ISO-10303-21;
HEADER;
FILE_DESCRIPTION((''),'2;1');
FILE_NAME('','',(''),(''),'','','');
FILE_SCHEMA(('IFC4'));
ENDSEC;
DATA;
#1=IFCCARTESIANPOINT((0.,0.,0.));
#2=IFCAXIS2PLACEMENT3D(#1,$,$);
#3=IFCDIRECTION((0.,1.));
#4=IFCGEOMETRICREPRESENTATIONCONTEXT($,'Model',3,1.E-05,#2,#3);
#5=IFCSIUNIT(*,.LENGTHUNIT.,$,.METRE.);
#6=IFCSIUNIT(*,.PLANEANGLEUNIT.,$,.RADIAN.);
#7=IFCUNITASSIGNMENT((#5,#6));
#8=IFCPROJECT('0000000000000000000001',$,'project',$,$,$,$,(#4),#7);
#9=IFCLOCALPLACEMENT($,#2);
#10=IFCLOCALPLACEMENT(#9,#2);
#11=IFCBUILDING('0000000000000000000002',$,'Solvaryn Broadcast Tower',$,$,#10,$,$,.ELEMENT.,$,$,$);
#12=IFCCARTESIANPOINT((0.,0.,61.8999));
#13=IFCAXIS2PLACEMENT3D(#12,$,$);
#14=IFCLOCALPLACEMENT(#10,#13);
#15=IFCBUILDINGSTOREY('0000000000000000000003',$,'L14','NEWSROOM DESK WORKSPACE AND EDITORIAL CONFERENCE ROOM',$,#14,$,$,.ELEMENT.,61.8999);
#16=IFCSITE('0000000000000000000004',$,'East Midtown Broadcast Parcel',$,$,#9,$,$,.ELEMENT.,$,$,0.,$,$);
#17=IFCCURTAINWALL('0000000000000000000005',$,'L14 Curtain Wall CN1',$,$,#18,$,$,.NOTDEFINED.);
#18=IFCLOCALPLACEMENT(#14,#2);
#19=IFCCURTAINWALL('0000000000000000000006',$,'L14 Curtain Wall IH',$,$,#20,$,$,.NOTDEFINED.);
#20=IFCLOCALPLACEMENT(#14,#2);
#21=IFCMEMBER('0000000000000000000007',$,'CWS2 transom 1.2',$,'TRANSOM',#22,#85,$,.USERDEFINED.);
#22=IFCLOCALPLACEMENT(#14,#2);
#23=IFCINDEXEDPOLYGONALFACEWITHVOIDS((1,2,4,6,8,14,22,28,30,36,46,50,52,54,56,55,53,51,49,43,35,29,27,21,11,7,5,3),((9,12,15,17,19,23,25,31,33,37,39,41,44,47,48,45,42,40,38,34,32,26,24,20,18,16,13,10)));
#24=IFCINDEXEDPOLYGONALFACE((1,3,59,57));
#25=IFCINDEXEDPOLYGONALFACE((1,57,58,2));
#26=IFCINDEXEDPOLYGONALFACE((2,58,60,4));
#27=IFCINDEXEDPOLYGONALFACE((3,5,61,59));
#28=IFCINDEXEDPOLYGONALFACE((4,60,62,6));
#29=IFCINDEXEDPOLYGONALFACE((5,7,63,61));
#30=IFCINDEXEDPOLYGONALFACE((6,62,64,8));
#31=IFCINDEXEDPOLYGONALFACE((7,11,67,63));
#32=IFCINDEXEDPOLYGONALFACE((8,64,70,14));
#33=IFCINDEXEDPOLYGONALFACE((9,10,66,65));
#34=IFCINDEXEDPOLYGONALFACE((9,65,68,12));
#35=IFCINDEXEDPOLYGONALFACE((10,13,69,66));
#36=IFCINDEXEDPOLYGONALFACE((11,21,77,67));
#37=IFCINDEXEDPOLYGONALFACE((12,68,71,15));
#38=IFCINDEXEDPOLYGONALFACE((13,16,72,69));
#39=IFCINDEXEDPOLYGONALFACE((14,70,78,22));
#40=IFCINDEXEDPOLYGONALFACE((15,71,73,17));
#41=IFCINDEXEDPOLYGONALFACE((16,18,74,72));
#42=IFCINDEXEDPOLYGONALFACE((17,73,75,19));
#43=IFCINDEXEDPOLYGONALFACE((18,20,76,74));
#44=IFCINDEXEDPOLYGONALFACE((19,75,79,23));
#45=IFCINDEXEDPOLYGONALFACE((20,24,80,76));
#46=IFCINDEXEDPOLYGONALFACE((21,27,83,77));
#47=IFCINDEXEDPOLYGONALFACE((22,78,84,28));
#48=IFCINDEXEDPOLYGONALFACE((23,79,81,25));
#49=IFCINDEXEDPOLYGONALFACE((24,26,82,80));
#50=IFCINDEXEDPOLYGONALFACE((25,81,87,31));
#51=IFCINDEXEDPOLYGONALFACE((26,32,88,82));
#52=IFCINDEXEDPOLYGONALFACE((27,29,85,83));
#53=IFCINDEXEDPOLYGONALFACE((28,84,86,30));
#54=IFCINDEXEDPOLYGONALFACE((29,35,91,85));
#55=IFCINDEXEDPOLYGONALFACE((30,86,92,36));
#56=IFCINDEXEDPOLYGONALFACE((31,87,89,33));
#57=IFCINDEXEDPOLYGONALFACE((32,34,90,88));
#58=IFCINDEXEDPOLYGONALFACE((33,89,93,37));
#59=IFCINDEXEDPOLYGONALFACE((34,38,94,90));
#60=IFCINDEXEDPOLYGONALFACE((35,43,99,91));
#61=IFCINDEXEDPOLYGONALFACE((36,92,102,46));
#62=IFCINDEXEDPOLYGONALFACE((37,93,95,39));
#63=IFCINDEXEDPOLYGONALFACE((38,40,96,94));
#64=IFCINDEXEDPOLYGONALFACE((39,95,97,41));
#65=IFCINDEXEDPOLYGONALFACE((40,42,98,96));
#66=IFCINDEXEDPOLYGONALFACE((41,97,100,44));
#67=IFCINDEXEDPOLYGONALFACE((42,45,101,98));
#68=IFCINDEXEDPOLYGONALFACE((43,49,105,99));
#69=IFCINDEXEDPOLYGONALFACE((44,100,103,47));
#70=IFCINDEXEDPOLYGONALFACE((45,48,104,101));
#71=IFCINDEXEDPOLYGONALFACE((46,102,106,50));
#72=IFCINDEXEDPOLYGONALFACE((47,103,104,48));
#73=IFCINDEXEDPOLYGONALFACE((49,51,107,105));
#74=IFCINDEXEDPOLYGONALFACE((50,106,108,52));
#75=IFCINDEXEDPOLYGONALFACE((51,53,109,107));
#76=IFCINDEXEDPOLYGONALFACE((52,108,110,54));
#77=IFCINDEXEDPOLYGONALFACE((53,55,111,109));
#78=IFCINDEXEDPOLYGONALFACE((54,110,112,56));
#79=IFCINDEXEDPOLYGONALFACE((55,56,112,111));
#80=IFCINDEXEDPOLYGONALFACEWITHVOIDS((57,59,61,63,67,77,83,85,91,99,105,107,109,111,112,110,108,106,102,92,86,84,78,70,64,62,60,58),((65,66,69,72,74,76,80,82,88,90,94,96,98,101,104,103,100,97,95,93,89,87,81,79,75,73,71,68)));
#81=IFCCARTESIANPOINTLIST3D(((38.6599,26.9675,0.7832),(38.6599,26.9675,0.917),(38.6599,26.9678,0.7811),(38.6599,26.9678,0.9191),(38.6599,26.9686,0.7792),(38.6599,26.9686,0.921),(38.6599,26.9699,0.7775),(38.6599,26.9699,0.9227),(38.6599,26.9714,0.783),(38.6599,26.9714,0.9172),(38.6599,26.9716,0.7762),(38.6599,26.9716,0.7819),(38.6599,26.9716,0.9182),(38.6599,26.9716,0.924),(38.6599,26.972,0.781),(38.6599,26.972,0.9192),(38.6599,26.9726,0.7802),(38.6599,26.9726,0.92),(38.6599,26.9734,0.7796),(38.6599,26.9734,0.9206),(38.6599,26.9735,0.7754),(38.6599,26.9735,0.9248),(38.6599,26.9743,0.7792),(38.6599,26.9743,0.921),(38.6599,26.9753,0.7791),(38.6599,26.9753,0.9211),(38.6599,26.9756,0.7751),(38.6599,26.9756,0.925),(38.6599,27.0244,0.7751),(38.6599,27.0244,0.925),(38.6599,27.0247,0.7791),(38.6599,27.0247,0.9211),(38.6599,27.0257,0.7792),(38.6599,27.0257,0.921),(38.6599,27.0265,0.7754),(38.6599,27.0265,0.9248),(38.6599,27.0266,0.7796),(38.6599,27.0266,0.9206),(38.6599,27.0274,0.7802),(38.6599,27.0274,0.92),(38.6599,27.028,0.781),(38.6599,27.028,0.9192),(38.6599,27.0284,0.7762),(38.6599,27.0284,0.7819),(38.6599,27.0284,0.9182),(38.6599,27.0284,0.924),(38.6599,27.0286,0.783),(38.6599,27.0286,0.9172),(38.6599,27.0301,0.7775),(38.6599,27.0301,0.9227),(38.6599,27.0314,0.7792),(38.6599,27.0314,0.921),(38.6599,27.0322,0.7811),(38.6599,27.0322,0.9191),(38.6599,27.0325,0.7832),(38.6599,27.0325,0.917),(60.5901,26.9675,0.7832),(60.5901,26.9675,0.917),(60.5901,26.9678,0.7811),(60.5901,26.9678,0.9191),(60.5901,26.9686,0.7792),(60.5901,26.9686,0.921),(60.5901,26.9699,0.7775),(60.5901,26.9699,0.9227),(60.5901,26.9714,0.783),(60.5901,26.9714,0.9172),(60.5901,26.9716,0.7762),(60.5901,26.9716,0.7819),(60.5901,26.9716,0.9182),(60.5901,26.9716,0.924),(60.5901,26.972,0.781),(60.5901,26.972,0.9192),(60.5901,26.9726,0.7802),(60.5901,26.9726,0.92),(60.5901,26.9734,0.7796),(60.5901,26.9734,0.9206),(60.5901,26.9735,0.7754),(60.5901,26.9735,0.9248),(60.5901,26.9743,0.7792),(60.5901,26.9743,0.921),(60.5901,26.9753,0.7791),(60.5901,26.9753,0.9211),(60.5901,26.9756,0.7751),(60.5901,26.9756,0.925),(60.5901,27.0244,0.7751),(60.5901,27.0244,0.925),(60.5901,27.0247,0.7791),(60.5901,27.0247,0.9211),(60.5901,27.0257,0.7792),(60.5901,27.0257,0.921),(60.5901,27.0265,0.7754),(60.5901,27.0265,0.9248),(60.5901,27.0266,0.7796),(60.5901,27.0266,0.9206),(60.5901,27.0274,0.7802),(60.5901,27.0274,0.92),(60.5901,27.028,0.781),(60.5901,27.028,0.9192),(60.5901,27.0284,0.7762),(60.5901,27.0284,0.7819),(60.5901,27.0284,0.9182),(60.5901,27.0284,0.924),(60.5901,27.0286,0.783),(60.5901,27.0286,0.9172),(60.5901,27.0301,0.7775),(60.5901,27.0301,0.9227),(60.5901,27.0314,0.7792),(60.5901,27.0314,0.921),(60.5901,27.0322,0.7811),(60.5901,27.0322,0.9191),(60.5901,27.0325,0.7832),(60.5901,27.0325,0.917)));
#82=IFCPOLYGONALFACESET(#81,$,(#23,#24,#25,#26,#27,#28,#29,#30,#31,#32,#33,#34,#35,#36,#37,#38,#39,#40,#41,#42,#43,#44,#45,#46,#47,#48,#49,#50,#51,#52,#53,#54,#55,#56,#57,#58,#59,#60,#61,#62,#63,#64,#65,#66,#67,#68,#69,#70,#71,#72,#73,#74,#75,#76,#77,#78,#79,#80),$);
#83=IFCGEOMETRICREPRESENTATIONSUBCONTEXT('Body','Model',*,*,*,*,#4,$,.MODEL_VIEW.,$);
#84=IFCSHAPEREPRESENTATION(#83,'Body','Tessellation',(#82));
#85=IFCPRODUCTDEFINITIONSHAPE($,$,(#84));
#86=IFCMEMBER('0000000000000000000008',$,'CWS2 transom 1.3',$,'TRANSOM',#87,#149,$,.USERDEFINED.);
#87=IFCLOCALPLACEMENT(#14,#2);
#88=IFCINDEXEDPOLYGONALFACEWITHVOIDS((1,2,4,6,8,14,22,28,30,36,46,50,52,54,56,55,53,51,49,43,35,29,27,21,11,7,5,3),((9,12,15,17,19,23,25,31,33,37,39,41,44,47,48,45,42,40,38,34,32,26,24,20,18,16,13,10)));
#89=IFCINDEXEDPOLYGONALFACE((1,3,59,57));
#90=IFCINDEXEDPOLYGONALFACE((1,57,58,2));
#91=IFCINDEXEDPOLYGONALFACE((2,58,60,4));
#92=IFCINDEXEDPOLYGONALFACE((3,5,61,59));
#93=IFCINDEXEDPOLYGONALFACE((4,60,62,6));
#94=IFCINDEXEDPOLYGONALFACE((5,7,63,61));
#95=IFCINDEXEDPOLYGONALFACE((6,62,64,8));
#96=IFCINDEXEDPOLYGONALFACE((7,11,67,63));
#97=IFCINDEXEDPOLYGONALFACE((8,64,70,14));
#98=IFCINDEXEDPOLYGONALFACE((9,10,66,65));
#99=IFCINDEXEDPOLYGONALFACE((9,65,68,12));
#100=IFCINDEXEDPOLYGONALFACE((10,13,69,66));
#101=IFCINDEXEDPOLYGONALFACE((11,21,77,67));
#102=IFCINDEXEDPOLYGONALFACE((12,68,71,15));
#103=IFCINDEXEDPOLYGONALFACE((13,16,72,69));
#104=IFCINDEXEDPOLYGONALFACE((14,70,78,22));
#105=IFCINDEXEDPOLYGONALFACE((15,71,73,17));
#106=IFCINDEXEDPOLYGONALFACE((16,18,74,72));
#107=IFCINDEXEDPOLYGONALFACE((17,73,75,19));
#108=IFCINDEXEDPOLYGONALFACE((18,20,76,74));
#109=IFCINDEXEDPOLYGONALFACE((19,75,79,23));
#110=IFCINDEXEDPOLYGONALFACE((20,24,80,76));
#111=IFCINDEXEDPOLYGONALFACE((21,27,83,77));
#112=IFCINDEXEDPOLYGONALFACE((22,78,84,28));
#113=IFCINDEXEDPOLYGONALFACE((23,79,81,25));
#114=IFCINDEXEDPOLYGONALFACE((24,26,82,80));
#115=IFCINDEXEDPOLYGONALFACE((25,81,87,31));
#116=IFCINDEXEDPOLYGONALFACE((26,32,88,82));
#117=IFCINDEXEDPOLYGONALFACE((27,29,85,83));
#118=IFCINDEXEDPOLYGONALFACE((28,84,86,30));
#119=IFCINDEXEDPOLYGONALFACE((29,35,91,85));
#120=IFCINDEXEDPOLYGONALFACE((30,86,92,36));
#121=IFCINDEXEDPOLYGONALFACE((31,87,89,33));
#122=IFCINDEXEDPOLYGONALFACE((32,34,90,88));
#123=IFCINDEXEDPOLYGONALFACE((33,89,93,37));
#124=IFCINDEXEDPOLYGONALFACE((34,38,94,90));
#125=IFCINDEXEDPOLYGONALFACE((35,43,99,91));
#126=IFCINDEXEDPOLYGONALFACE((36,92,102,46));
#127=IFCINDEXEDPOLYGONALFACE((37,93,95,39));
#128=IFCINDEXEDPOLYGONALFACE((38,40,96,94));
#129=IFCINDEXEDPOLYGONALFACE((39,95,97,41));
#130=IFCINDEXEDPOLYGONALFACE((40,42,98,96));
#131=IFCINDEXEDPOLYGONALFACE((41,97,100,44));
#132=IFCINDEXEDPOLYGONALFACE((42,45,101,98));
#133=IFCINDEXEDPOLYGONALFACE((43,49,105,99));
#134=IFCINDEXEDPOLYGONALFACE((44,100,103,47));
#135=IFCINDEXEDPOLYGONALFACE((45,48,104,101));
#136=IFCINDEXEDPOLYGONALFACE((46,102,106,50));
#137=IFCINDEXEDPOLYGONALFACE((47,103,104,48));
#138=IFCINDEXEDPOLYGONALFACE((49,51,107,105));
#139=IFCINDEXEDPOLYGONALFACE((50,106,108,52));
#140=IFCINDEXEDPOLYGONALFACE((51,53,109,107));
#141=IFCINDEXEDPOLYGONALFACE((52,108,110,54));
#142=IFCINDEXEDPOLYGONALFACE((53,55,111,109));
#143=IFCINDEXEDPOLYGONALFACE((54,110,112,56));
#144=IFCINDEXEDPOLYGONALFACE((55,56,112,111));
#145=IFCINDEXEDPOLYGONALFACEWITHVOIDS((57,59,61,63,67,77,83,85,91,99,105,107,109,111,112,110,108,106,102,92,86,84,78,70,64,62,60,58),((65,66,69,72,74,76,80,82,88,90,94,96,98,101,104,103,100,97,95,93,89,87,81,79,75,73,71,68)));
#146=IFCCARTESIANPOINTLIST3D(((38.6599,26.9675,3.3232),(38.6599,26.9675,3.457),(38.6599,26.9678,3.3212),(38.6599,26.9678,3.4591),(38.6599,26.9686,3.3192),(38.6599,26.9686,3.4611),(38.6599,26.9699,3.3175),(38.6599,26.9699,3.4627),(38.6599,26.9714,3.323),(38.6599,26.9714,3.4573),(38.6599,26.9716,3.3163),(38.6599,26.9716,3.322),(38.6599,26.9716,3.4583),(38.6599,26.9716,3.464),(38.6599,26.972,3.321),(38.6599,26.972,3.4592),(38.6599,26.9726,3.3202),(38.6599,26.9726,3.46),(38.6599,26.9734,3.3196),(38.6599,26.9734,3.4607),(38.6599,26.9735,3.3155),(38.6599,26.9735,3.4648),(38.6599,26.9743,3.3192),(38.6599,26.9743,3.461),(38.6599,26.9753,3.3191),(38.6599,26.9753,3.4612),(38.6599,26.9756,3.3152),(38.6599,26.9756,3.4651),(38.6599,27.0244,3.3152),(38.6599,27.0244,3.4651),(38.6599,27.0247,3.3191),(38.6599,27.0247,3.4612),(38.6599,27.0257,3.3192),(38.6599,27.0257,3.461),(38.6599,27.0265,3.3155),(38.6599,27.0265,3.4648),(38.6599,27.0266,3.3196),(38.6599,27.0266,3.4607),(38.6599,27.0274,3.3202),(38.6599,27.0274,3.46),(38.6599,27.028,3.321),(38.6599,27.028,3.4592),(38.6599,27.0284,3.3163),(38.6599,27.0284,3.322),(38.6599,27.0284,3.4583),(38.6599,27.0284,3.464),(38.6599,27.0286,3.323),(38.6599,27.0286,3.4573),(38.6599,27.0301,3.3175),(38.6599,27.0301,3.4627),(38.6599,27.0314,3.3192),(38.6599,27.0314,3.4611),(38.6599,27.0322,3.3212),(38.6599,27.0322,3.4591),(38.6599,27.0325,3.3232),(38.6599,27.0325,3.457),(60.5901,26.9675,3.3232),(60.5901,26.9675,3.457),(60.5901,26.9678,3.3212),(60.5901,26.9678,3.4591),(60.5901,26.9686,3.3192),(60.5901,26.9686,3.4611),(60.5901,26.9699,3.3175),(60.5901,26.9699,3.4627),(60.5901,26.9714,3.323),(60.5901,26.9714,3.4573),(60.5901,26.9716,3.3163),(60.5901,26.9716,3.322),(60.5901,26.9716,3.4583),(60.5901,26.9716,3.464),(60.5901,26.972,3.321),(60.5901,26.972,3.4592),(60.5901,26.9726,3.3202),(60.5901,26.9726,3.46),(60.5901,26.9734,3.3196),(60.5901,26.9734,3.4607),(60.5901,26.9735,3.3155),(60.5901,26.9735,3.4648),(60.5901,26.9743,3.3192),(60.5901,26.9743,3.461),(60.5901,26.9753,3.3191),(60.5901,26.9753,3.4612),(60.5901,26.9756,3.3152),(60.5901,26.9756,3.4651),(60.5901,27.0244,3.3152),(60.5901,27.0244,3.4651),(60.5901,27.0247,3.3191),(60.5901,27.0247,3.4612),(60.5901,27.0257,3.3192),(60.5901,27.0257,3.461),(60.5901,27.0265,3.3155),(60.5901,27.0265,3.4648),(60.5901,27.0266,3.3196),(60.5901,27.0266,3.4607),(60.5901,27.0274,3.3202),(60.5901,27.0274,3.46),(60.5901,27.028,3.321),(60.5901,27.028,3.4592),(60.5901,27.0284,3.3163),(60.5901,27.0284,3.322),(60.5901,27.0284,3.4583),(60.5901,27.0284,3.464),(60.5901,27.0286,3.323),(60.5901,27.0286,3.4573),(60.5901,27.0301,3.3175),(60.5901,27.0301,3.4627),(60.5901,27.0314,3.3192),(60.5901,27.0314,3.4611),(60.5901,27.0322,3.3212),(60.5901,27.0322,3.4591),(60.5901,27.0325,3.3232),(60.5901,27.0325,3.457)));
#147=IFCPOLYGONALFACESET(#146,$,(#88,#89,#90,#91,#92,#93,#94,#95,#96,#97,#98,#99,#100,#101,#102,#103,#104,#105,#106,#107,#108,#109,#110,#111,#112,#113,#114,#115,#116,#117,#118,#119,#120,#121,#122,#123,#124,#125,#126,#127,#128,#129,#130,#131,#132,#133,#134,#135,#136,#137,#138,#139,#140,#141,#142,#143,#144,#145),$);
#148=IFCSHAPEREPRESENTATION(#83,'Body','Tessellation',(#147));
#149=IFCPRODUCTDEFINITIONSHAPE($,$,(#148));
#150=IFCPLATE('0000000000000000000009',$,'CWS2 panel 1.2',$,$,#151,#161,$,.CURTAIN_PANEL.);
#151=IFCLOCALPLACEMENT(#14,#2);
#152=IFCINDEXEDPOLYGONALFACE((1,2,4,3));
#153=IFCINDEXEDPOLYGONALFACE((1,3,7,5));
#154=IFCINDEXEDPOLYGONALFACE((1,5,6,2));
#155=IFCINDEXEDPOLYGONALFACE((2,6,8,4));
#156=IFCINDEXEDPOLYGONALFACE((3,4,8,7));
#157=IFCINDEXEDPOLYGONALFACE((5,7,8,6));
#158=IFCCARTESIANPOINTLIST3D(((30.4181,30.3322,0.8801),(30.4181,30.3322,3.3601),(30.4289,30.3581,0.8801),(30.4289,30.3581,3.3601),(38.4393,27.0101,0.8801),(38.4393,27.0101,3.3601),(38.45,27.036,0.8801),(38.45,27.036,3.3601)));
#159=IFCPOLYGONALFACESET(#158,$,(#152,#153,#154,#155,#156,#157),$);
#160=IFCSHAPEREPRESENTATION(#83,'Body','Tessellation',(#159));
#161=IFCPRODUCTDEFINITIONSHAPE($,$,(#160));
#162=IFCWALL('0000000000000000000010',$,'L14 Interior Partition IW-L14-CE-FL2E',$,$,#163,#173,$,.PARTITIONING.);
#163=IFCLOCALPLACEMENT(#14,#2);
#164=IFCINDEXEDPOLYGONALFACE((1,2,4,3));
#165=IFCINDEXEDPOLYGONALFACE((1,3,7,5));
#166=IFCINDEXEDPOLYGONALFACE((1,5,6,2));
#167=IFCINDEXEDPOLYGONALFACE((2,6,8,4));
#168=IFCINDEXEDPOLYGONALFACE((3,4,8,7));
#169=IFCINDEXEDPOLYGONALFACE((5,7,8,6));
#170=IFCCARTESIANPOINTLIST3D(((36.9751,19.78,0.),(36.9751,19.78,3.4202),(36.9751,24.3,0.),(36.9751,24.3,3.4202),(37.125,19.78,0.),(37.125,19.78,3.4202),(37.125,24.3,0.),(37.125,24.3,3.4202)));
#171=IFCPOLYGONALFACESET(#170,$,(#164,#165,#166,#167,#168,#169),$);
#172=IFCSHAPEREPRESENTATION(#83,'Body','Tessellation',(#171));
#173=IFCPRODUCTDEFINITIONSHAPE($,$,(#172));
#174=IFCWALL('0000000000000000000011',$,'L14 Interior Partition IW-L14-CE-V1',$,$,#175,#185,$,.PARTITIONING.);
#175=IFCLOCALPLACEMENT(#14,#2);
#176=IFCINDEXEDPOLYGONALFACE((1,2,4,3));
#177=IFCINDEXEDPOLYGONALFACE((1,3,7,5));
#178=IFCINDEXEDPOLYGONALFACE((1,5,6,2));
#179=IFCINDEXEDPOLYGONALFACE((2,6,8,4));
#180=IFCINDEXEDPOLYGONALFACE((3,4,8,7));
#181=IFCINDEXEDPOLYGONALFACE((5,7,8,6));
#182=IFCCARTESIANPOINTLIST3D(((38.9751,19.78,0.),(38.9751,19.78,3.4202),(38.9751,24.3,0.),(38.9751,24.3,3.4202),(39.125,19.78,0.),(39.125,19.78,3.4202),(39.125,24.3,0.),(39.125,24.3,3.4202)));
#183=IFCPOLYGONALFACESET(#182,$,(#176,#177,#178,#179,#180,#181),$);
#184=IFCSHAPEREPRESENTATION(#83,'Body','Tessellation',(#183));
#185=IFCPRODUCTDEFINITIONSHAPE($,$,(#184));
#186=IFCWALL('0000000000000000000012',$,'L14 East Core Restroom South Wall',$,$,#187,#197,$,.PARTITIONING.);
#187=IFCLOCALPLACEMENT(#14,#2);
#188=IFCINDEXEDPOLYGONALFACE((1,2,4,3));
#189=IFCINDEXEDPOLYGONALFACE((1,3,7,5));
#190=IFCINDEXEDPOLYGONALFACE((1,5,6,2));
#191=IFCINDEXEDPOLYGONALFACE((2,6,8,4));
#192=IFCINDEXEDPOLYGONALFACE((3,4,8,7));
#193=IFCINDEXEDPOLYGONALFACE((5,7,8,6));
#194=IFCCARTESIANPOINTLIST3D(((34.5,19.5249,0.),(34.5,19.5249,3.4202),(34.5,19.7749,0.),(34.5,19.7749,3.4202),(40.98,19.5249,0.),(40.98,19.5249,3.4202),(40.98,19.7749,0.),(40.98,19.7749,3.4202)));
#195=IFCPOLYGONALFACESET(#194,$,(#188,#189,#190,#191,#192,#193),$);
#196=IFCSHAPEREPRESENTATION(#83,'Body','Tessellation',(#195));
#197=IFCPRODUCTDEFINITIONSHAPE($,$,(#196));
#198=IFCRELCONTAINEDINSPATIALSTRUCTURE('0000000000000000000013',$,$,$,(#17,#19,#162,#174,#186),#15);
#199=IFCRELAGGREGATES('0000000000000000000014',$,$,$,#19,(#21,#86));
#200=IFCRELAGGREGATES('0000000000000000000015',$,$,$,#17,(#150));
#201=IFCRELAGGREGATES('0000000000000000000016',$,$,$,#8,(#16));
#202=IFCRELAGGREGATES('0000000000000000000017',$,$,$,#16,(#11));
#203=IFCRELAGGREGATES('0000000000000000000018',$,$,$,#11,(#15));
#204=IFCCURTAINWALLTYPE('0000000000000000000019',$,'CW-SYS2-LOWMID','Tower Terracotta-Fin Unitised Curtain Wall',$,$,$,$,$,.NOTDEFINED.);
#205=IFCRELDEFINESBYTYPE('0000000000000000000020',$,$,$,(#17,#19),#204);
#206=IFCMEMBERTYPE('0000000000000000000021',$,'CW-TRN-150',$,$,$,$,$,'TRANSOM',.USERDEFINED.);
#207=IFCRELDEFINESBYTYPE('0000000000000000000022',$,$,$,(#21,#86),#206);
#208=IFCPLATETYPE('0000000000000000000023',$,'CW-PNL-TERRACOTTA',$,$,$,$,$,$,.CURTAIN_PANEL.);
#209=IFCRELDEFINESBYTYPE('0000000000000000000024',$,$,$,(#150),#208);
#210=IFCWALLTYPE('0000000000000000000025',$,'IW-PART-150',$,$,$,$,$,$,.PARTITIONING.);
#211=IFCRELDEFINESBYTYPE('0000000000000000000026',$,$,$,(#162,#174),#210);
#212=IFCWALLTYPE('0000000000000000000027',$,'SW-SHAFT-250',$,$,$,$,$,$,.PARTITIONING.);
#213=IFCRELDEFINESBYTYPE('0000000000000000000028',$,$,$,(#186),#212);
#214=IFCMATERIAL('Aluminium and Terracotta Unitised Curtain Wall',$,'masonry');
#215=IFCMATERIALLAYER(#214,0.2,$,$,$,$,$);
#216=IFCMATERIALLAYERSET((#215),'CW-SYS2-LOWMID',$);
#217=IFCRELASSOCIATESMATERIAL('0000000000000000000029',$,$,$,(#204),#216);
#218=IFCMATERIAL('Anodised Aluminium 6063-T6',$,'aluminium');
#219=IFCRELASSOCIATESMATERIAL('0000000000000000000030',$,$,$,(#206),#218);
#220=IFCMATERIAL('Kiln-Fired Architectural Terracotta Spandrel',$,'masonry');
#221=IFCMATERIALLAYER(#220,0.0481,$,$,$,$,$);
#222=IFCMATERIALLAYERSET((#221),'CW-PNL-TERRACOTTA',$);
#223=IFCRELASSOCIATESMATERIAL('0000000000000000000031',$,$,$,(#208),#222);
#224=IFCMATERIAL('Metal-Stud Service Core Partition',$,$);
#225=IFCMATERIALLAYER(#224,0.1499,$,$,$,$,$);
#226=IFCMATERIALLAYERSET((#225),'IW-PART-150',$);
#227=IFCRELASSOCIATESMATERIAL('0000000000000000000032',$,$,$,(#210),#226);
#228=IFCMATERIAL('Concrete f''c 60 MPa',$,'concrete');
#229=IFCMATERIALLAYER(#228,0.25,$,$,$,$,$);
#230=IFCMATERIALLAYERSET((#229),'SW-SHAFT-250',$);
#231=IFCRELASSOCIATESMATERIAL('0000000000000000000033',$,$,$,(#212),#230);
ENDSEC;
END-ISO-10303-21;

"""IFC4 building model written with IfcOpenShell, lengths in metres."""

from ifc_helpers import new_model, si_unit, direction, frame, frame_2d, origin, origin_2d, place, context, subcontext, project, spatial, rectangle, hollow_rectangle, extrude, material, layer, layer_set, material_profile, profile_set, type_object, element, aggregate, save


model = new_model("IFC4")

# Units and contexts
model_context = context("Model", 3, precision=1e-05, world=origin(), true_north=direction((0.0, 1.0)))
body_context = subcontext(model_context, "Body", "Model", "MODEL_VIEW")
ifc_project = project(units=[si_unit("LENGTHUNIT", "METRE"), si_unit("PLANEANGLEUNIT", "RADIAN")], contexts=[model_context])

# Site, building, storey
site_placement = place(None, origin())
site = spatial("IfcSite", under=ifc_project, at=site_placement, Name="East Midtown Broadcast Parcel", CompositionType="ELEMENT", RefElevation=0.0)
building_placement = place(site_placement, origin())
building = spatial("IfcBuilding", under=site, at=building_placement, Name="Solvaryn Broadcast Tower", CompositionType="ELEMENT")
storey_placement = place(building_placement, frame((0.0, 0.0, 61.8999)))
storey = spatial("IfcBuildingStorey", under=building, at=storey_placement, Name="L14", Description="NEWSROOM DESK WORKSPACE AND EDITORIAL CONFERENCE ROOM", CompositionType="ELEMENT", Elevation=61.8999)

# Curtain walls
ifc_material_1 = material(Name="Aluminium and Terracotta Unitised Curtain Wall", Category="masonry")
ifc_layer_1 = layer(ifc_material_1, 0.2)
ifc_layer_set_1 = layer_set([ifc_layer_1], Name="CW-SYS2-LOWMID")
curtain_wall_type = type_object("IfcCurtainWallType", Name="CW-SYS2-LOWMID", Description="Tower Terracotta-Fin Unitised Curtain Wall", PredefinedType="NOTDEFINED", material=ifc_layer_set_1)
curtain_wall_1_placement = place(storey_placement, origin())
curtain_wall_1 = element("IfcCurtainWall", 1, at=curtain_wall_1_placement, inside=storey, type_object=curtain_wall_type, Name="L14 Curtain Wall CN1", PredefinedType="NOTDEFINED")
curtain_wall_2_placement = place(storey_placement, origin())
curtain_wall_2 = element("IfcCurtainWall", 2, at=curtain_wall_2_placement, inside=storey, type_object=curtain_wall_type, Name="L14 Curtain Wall IH", PredefinedType="NOTDEFINED")

# Members
ifc_material_2 = material(Name="Anodised Aluminium 6063-T6", Category="aluminium")
ifc_material_profile_1 = material_profile(ifc_material_2, hollow_rectangle(XDim=0.0649, YDim=0.1499, WallThickness=0.0039, InnerFilletRadius=0.0039, OuterFilletRadius=0.0081, at=origin_2d()))
ifc_profile_set_1 = profile_set([ifc_material_profile_1], Name="Anodised Aluminium 6063-T6")
member_type_1 = type_object("IfcMemberType", Name="CW-TRN-150", ElementType="TRANSOM", PredefinedType="USERDEFINED", material=ifc_profile_set_1)
member_1_placement = place(storey_placement, frame((38.6599, 27.0, 0.8501), z_axis=(1.0, 0.0, 0.0), x_axis=(0.0, 1.0, 0.0)))
member_1 = element("IfcMember", 3, at=member_1_placement, type_object=member_type_1, Name="CWS2 transom 1.2", ObjectType="TRANSOM", PredefinedType="USERDEFINED", context=body_context, shape_type="SweptSolid", body=[
    extrude(hollow_rectangle(XDim=0.0649, YDim=0.1499, WallThickness=0.0039, InnerFilletRadius=0.0039, OuterFilletRadius=0.0081, at=origin_2d()), origin(), (0.0, 0.0, 1.0), 21.9302),
])
member_2_placement = place(storey_placement, frame((38.6599, 27.0, 3.3901), z_axis=(1.0, 0.0, 0.0), x_axis=(0.0, 1.0, 0.0)))
member_2 = element("IfcMember", 4, at=member_2_placement, type_object=member_type_1, Name="CWS2 transom 1.3", ObjectType="TRANSOM", PredefinedType="USERDEFINED", context=body_context, shape_type="SweptSolid", body=[
    extrude(hollow_rectangle(XDim=0.0649, YDim=0.1499, WallThickness=0.0039, InnerFilletRadius=0.0039, OuterFilletRadius=0.0081, at=origin_2d()), origin(), (0.0, 0.0, 1.0), 21.9302),
])
aggregate(curtain_wall_2, [member_1, member_2])

# Plate
ifc_material_3 = material(Name="Kiln-Fired Architectural Terracotta Spandrel", Category="masonry")
ifc_layer_2 = layer(ifc_material_3, 0.0481)
ifc_layer_set_2 = layer_set([ifc_layer_2], Name="CW-PNL-TERRACOTTA")
plate_type = type_object("IfcPlateType", Name="CW-PNL-TERRACOTTA", PredefinedType="CURTAIN_PANEL", material=ifc_layer_set_2)
plate_placement = place(storey_placement, frame((34.4341, 28.6841, 0.8801), z_axis=(0.0, 0.0, 1.0), x_axis=(-0.923895, 0.382646, 0.0)))
plate = element("IfcPlate", 5, at=plate_placement, type_object=plate_type, Name="CWS2 panel 1.2", PredefinedType="CURTAIN_PANEL", context=body_context, shape_type="SweptSolid", body=[
    extrude(rectangle(XDim=8.6819, YDim=0.0281, at=origin_2d()), origin(), (0.0, 0.0, 1.0), 2.48),
])
aggregate(curtain_wall_1, [plate])

# Walls
ifc_material_4 = material(Name="Metal-Stud Service Core Partition")
ifc_layer_3 = layer(ifc_material_4, 0.1499)
ifc_layer_set_3 = layer_set([ifc_layer_3], Name="IW-PART-150")
wall_type_1 = type_object("IfcWallType", Name="IW-PART-150", PredefinedType="PARTITIONING", material=ifc_layer_set_3)
for number, where, z_axis, x_axis, name in (
    (6, (37.05, 19.78, 0.0), (0.0, 0.0, 1.0), (0.0, 1.0, 0.0), "L14 Interior Partition IW-L14-CE-FL2E"),
    (7, (39.05, 19.78, 0.0), (0.0, 0.0, 1.0), (0.0, 1.0, 0.0), "L14 Interior Partition IW-L14-CE-V1"),
):
    element("IfcWall", number, at=place(storey_placement, frame(where, z_axis=z_axis, x_axis=x_axis)), inside=storey, type_object=wall_type_1, Name=name, PredefinedType="PARTITIONING", context=body_context, shape_type="SweptSolid", body=[
        extrude(rectangle(XDim=4.52, YDim=0.1499, at=frame_2d((2.26, 0.0))), origin(), (0.0, 0.0, 1.0), 3.4202),
    ])

# Shared definitions
ifc_material_5 = material(Name="Concrete f'c 60 MPa", Category="concrete")
ifc_layer_4 = layer(ifc_material_5, 0.25)
ifc_layer_set_4 = layer_set([ifc_layer_4], Name="SW-SHAFT-250")
wall_type_2 = type_object("IfcWallType", Name="SW-SHAFT-250", PredefinedType="PARTITIONING", material=ifc_layer_set_4)

# Wall
wall_1_placement = place(storey_placement, frame((34.5, 19.6499, 0.0), z_axis=(0.0, 0.0, 1.0), x_axis=(1.0, 0.0, 0.0)))
element("IfcWall", 8, at=wall_1_placement, inside=storey, type_object=wall_type_2, Name="L14 East Core Restroom South Wall", PredefinedType="PARTITIONING", context=body_context, shape_type="SweptSolid", body=[
    extrude(rectangle(XDim=6.48, YDim=0.25, at=frame_2d((3.24, 0.0))), origin(), (0.0, 0.0, 1.0), 3.4202),
])

save(model, "model.ifc")
